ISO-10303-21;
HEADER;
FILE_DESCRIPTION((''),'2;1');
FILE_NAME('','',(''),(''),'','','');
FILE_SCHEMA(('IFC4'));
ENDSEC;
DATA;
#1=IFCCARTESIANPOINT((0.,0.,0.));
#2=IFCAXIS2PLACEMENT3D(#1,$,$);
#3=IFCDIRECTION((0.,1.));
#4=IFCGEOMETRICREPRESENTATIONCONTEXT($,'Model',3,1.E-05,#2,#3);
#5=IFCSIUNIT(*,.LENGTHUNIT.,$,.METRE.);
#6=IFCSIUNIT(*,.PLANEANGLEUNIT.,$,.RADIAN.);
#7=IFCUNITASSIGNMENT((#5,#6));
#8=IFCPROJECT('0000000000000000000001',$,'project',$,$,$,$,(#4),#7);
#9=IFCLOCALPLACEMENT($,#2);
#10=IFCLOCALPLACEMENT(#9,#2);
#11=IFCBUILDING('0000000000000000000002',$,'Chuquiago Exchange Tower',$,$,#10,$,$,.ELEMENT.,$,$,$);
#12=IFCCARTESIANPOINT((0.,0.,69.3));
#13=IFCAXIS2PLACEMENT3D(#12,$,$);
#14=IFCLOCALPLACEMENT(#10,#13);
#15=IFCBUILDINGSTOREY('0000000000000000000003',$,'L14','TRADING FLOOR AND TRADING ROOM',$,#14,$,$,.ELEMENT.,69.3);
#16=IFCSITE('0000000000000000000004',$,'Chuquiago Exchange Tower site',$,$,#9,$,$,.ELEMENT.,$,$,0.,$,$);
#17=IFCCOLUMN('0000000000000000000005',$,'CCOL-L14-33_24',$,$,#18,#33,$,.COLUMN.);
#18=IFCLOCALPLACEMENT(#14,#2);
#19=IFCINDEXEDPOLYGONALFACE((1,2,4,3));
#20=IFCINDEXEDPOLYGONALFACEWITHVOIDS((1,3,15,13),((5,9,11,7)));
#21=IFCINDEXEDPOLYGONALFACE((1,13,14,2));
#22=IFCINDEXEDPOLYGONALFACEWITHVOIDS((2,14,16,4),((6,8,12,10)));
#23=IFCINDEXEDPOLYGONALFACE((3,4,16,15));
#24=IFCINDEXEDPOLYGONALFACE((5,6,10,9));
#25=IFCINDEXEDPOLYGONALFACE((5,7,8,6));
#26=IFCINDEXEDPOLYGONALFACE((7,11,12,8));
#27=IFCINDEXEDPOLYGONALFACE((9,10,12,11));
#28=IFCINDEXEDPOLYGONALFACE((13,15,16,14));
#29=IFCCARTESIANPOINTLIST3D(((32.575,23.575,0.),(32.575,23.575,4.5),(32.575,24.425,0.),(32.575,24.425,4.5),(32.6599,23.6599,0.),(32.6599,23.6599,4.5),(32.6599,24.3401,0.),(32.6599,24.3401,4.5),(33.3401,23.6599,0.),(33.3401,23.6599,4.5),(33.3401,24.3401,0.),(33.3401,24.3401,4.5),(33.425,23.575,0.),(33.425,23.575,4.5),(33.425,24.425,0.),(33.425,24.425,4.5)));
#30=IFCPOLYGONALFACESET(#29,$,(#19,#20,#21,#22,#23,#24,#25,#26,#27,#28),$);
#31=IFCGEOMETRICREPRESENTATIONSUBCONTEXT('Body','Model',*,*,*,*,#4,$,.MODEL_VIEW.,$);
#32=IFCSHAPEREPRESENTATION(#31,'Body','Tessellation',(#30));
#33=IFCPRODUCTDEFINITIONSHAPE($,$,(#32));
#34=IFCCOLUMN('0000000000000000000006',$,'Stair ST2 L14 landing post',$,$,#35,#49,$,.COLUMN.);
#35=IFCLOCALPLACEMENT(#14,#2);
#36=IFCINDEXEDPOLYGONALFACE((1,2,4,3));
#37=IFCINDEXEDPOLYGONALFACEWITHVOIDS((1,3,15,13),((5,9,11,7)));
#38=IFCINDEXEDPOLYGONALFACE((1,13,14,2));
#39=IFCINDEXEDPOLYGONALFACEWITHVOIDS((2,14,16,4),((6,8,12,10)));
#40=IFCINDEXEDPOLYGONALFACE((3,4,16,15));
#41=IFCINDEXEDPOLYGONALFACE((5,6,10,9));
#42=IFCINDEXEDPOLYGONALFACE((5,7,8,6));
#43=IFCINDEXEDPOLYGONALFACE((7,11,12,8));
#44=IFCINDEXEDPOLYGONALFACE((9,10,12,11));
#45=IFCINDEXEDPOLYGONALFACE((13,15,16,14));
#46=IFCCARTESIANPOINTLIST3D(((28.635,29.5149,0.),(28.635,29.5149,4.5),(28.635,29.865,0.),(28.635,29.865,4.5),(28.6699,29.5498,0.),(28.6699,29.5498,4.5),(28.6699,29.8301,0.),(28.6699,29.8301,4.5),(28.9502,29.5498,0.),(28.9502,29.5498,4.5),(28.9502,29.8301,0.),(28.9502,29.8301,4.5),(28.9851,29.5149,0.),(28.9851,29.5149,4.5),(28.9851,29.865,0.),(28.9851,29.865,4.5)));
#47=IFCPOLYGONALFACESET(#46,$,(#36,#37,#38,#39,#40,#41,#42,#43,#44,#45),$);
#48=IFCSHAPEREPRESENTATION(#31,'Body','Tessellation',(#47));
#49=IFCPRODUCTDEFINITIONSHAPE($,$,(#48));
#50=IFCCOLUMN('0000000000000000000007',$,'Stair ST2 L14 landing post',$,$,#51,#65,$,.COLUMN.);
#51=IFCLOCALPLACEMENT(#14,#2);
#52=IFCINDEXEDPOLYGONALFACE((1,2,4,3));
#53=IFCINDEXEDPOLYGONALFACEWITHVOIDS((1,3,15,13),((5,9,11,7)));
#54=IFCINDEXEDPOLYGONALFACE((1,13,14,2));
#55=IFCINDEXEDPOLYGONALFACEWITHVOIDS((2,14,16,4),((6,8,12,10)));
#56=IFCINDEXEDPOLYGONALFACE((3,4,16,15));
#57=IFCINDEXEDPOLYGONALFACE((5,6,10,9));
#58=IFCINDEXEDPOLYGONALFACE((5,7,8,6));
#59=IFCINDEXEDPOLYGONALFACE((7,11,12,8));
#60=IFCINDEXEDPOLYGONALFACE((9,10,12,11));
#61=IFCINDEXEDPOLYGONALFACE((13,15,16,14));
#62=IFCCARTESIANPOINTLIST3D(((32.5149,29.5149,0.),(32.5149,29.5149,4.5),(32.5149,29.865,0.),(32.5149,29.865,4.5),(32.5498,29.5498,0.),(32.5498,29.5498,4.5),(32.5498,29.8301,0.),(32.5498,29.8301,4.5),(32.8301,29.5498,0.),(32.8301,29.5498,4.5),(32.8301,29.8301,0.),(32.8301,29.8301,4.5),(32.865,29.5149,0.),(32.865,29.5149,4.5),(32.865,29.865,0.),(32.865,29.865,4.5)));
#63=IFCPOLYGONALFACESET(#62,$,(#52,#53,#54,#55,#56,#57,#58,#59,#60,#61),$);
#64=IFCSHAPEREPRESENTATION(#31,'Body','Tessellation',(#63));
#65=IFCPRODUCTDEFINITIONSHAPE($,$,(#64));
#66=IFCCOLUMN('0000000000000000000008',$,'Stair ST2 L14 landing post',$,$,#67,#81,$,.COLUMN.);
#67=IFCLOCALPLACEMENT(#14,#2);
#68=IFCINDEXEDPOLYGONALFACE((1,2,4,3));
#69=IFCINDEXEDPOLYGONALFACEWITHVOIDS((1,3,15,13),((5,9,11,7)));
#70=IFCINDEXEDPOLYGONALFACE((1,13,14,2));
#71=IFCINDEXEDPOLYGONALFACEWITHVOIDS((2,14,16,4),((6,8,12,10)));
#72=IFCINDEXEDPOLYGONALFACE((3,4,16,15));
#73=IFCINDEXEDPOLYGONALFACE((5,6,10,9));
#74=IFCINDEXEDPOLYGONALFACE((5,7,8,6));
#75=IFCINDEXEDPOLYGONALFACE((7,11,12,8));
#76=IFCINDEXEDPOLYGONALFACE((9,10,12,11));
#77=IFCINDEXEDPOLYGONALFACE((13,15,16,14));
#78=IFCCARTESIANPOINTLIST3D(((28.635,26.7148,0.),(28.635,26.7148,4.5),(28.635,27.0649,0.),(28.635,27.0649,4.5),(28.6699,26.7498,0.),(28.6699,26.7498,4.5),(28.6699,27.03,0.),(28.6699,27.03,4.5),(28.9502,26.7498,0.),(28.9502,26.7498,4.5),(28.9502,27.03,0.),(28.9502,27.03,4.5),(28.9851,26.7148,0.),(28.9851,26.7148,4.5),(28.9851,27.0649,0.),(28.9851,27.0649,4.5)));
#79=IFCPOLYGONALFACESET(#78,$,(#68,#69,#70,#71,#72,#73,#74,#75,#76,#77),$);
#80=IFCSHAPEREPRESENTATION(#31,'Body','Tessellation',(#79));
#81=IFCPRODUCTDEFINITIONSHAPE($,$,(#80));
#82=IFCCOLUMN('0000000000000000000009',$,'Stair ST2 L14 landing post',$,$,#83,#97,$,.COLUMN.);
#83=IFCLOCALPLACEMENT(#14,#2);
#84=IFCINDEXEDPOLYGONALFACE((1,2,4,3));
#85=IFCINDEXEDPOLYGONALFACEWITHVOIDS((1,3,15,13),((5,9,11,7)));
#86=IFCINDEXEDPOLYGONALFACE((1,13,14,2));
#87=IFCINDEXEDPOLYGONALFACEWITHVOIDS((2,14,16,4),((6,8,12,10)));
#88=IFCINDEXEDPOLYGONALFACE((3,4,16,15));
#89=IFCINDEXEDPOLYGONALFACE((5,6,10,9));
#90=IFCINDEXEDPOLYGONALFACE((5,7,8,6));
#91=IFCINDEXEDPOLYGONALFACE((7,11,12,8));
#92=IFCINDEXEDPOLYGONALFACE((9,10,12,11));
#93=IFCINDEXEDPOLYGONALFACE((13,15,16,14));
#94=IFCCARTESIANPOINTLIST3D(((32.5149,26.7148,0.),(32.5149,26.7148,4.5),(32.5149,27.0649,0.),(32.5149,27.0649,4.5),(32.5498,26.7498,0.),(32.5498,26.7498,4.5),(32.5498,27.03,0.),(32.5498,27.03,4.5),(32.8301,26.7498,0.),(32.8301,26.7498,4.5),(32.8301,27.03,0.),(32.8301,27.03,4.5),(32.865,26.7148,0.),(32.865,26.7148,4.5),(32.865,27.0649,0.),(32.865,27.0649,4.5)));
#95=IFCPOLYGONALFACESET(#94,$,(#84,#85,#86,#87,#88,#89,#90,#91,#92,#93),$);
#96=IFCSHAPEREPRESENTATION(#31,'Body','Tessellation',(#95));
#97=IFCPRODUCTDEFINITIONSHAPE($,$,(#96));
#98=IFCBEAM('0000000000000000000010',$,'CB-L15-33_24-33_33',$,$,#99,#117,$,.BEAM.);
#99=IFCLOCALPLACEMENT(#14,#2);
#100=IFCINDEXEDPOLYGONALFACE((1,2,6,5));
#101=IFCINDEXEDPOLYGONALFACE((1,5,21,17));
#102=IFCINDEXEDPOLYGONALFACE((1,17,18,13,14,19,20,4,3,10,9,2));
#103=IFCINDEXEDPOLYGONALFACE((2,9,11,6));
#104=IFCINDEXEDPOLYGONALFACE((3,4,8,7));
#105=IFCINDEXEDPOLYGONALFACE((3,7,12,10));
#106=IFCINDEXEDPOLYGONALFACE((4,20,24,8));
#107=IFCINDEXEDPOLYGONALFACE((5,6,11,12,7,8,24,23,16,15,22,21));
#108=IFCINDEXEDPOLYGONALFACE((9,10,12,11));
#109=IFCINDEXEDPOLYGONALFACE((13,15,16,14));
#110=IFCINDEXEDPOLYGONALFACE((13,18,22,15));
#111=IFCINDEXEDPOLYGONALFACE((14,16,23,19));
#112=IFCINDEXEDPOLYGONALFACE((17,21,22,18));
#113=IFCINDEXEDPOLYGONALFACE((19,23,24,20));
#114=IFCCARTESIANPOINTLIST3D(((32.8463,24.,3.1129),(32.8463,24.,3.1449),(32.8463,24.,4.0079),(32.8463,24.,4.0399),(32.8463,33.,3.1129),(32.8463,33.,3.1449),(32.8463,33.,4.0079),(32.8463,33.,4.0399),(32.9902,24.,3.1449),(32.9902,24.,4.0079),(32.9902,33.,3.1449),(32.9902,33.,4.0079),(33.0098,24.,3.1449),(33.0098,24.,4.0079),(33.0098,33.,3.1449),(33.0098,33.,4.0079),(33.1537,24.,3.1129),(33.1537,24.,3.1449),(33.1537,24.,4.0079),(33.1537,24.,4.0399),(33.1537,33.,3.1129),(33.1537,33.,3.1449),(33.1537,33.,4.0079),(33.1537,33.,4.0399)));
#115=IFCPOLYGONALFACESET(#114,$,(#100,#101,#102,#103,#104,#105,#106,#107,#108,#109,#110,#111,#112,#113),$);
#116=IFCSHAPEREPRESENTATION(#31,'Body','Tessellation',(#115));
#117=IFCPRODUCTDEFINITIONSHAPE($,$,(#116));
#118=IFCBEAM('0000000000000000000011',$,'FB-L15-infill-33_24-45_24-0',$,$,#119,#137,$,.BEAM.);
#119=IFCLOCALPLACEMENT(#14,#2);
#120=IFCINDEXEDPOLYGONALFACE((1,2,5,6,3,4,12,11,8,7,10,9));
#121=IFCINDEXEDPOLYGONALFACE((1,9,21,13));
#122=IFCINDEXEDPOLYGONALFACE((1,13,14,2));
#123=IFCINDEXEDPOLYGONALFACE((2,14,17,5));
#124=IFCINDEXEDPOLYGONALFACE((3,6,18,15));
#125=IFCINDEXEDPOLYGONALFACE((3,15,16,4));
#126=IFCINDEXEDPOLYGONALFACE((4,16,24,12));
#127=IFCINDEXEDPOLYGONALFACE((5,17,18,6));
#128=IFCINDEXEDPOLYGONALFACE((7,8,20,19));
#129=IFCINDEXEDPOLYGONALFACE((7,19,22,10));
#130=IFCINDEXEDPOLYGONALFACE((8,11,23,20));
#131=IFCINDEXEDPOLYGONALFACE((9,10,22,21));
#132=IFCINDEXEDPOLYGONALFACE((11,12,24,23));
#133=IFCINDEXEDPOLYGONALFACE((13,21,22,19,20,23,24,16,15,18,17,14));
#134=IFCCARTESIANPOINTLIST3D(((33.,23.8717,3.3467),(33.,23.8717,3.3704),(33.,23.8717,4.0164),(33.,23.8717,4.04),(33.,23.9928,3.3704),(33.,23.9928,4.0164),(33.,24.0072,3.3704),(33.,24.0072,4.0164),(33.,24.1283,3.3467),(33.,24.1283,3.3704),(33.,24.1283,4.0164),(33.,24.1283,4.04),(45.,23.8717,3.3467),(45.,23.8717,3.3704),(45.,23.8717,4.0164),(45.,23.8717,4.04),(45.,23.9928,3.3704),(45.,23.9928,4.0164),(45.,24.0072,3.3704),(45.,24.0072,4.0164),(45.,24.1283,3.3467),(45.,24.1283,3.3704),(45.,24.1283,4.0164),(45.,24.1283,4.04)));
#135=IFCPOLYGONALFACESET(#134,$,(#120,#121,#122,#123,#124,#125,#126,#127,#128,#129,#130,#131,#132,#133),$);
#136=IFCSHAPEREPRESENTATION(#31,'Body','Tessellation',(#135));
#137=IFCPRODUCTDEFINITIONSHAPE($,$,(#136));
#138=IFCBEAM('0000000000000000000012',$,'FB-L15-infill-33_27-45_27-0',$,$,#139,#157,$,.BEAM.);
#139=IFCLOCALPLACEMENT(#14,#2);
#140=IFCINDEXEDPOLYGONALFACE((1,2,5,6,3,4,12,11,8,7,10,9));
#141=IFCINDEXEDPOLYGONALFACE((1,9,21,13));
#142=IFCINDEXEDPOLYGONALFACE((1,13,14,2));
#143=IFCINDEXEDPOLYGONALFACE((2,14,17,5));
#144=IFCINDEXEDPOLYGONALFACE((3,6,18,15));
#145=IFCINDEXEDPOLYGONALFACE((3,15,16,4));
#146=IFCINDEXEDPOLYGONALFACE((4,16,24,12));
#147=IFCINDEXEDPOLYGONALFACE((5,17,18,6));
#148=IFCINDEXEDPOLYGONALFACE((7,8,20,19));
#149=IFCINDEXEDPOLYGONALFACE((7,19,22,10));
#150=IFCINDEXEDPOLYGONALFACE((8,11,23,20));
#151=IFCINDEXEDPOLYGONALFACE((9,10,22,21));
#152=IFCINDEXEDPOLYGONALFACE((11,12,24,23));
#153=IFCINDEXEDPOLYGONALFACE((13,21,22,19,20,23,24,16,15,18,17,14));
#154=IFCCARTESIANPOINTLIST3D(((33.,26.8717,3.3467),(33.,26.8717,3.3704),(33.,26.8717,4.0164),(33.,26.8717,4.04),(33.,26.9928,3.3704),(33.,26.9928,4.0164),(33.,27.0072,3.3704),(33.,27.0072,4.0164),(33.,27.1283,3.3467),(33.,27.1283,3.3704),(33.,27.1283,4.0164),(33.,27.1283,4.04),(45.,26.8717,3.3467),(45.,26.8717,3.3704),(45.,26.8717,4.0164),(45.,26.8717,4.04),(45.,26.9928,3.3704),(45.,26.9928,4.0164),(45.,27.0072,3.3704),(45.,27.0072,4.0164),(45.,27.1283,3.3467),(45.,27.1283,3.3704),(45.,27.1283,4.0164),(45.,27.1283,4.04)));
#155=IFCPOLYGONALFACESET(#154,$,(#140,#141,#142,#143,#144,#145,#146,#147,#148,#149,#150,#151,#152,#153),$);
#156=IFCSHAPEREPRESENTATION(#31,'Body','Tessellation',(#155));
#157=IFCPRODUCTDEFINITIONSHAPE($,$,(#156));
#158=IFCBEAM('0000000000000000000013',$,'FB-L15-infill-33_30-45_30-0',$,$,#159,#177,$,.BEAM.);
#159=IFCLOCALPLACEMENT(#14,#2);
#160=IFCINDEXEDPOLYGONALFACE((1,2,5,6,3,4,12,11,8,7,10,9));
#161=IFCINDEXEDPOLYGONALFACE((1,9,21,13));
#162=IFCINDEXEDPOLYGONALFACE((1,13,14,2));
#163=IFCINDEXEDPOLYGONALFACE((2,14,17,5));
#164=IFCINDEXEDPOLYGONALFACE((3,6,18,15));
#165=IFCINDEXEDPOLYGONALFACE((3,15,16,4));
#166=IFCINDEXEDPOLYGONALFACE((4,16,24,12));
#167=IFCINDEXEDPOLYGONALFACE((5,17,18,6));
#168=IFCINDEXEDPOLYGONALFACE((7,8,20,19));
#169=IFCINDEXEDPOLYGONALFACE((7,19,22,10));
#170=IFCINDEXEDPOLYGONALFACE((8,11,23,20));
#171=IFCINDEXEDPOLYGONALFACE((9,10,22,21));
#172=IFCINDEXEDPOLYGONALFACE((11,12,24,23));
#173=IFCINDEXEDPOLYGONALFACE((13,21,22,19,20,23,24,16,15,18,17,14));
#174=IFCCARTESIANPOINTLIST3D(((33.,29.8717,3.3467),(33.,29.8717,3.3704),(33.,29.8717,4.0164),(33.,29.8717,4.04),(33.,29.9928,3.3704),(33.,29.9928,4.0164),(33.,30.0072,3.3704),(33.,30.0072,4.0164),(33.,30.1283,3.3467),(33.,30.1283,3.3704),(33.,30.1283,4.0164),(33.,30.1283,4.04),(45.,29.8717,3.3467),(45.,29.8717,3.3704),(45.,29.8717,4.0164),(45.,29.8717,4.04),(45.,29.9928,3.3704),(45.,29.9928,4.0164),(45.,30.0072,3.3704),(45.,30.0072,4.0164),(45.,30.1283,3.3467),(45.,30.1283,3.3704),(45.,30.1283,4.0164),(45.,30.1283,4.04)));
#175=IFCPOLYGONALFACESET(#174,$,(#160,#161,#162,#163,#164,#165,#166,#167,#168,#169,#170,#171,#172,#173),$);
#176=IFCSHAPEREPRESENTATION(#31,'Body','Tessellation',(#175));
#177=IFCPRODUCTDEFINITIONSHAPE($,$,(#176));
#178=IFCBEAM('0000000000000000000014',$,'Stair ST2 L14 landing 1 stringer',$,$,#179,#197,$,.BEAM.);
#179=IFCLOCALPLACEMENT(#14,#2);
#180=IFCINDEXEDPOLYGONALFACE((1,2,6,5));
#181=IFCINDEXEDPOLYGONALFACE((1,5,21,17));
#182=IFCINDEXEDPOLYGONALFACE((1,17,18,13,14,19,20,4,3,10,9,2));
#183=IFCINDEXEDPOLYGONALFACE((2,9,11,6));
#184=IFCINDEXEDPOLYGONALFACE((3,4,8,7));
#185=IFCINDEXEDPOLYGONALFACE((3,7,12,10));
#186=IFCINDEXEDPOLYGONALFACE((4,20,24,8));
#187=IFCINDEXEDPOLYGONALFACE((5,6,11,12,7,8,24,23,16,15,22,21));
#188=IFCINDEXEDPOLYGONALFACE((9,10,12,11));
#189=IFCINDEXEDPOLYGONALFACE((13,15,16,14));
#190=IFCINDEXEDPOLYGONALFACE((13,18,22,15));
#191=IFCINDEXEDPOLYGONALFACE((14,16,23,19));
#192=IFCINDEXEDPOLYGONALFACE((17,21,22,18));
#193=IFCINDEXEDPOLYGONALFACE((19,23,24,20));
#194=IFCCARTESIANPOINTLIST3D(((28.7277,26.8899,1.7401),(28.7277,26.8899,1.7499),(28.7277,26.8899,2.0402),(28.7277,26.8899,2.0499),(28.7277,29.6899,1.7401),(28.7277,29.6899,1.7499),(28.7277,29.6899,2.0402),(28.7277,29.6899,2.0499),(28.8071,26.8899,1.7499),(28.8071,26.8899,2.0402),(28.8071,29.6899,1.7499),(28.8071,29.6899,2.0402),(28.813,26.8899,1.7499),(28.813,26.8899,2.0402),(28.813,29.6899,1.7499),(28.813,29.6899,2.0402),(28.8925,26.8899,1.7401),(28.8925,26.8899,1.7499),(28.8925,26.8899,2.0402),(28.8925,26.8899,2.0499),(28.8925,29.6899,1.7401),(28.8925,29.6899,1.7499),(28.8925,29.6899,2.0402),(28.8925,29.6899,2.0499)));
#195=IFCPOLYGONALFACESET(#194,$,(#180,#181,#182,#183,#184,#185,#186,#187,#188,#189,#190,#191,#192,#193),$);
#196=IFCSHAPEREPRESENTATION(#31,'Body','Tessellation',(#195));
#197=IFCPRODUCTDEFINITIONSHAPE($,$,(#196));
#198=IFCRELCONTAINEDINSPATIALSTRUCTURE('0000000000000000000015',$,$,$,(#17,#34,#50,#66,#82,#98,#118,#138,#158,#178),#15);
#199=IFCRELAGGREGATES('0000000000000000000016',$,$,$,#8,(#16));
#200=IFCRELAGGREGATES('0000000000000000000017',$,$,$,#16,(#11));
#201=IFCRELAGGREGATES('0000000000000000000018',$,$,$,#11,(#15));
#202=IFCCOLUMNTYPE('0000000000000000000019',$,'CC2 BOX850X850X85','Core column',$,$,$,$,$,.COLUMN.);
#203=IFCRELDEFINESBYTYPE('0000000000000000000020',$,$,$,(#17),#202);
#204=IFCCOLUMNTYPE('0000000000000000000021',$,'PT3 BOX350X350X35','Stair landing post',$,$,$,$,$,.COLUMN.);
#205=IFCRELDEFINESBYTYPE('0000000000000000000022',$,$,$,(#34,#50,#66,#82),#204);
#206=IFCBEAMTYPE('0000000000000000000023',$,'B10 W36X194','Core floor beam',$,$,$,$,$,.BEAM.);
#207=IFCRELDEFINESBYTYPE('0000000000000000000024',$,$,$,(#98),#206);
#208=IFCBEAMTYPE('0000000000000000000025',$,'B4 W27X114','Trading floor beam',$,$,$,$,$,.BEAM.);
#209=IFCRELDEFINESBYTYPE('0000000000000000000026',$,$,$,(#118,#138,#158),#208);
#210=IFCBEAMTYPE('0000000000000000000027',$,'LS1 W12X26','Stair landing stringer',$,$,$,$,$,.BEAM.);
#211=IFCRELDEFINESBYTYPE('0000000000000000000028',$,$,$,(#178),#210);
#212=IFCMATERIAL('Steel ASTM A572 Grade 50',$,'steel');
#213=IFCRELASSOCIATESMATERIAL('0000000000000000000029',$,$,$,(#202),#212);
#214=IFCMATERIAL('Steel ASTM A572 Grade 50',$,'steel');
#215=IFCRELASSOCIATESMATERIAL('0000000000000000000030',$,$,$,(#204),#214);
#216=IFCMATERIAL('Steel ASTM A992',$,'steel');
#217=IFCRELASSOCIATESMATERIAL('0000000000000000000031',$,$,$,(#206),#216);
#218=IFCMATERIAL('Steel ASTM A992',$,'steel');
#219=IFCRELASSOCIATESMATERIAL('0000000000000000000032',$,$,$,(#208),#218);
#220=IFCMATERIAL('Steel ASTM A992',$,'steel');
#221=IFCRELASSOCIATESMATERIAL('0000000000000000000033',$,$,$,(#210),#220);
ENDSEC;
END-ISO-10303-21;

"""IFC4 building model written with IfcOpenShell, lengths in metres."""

from ifc_helpers import new_model, si_unit, direction, frame, origin, origin_2d, place, context, subcontext, project, spatial, hollow_rectangle, i_section, extrude, material, material_profile, profile_set, type_object, element, save


model = new_model("IFC4")

# Units and contexts
model_context = context("Model", 3, precision=1e-05, world=origin(), true_north=direction((0.0, 1.0)))
body_context = subcontext(model_context, "Body", "Model", "MODEL_VIEW")
ifc_project = project(units=[si_unit("LENGTHUNIT", "METRE"), si_unit("PLANEANGLEUNIT", "RADIAN")], contexts=[model_context])

# Site, building, storey
site_placement = place(None, origin())
site = spatial("IfcSite", under=ifc_project, at=site_placement, Name="Chuquiago Exchange Tower site", CompositionType="ELEMENT", RefElevation=0.0)
building_placement = place(site_placement, origin())
building = spatial("IfcBuilding", under=site, at=building_placement, Name="Chuquiago Exchange Tower", CompositionType="ELEMENT")
storey_placement = place(building_placement, frame((0.0, 0.0, 69.3)))
storey = spatial("IfcBuildingStorey", under=building, at=storey_placement, Name="L14", Description="TRADING FLOOR AND TRADING ROOM", CompositionType="ELEMENT", Elevation=69.3)

# Columns
ifc_material_1 = material(Name="Steel ASTM A572 Grade 50", Category="steel")
ifc_material_profile_1 = material_profile(ifc_material_1, hollow_rectangle(XDim=0.8501, YDim=0.8501, WallThickness=0.085, at=origin_2d()), Name="BOX850X850X85")
ifc_profile_set_1 = profile_set([ifc_material_profile_1], Name="Steel ASTM A572 Grade 50")
column_type_1 = type_object("IfcColumnType", Name="CC2 BOX850X850X85", Description="Core column", PredefinedType="COLUMN", material=ifc_profile_set_1)
column_placement = place(storey_placement, frame((33.0, 24.0, 0.0), z_axis=(0.0, 0.0, 1.0), x_axis=(1.0, 0.0, 0.0)))
element("IfcColumn", 1, at=column_placement, inside=storey, type_object=column_type_1, Name="CCOL-L14-33_24", PredefinedType="COLUMN", context=body_context, shape_type="SweptSolid", body=[
    extrude(hollow_rectangle(XDim=0.8501, YDim=0.8501, WallThickness=0.085, at=origin_2d()), origin(), (0.0, 0.0, 1.0), 4.5),
])
ifc_material_2 = material(Name="Steel ASTM A572 Grade 50", Category="steel")
ifc_material_profile_2 = material_profile(ifc_material_2, hollow_rectangle(XDim=0.3501, YDim=0.3501, WallThickness=0.0349, at=origin_2d()), Name="BOX350X350X35")
ifc_profile_set_2 = profile_set([ifc_material_profile_2], Name="Steel ASTM A572 Grade 50")
column_type_2 = type_object("IfcColumnType", Name="PT3 BOX350X350X35", Description="Stair landing post", PredefinedType="COLUMN", material=ifc_profile_set_2)
for number, where, z_axis, x_axis, name in (
    (2, (28.8101, 29.6899, 0.0), (0.0, 0.0, 1.0), (1.0, 0.0, 0.0), "Stair ST2 L14 landing post"),
    (3, (32.6899, 29.6899, 0.0), (0.0, 0.0, 1.0), (1.0, 0.0, 0.0), "Stair ST2 L14 landing post"),
    (4, (28.8101, 26.8899, 0.0), (0.0, 0.0, 1.0), (1.0, 0.0, 0.0), "Stair ST2 L14 landing post"),
    (5, (32.6899, 26.8899, 0.0), (0.0, 0.0, 1.0), (1.0, 0.0, 0.0), "Stair ST2 L14 landing post"),
):
    element("IfcColumn", number, at=place(storey_placement, frame(where, z_axis=z_axis, x_axis=x_axis)), inside=storey, type_object=column_type_2, Name=name, PredefinedType="COLUMN", context=body_context, shape_type="SweptSolid", body=[
        extrude(hollow_rectangle(XDim=0.3501, YDim=0.3501, WallThickness=0.0349, at=origin_2d()), origin(), (0.0, 0.0, 1.0), 4.5),
    ])

# Beams
ifc_material_3 = material(Name="Steel ASTM A992", Category="steel")
ifc_material_profile_3 = material_profile(ifc_material_3, i_section(OverallWidth=0.3074, OverallDepth=0.927, WebThickness=0.0195, FlangeThickness=0.032, at=origin_2d()), Name="W36X194")
ifc_profile_set_3 = profile_set([ifc_material_profile_3], Name="Steel ASTM A992")
beam_type_1 = type_object("IfcBeamType", Name="B10 W36X194", Description="Core floor beam", PredefinedType="BEAM", material=ifc_profile_set_3)
beam_placement = place(storey_placement, frame((33.0, 24.0, 3.5764), z_axis=(0.0, 1.0, 0.0), x_axis=(-1.0, 0.0, 0.0)))
element("IfcBeam", 6, at=beam_placement, inside=storey, type_object=beam_type_1, Name="CB-L15-33_24-33_33", PredefinedType="BEAM", context=body_context, shape_type="SweptSolid", body=[
    extrude(i_section(OverallWidth=0.3074, OverallDepth=0.927, WebThickness=0.0195, FlangeThickness=0.032, at=origin_2d()), origin(), (0.0, 0.0, 1.0), 9.0),
])
ifc_material_4 = material(Name="Steel ASTM A992", Category="steel")
ifc_material_profile_4 = material_profile(ifc_material_4, i_section(OverallWidth=0.2566, OverallDepth=0.6934, WebThickness=0.0144, FlangeThickness=0.0237, at=origin_2d()), Name="W27X114")
ifc_profile_set_4 = profile_set([ifc_material_profile_4], Name="Steel ASTM A992")
beam_type_2 = type_object("IfcBeamType", Name="B4 W27X114", Description="Trading floor beam", PredefinedType="BEAM", material=ifc_profile_set_4)
for number, where, z_axis, x_axis, name in (
    (7, (33.0, 24.0, 3.6934), (1.0, 0.0, 0.0), (0.0, 1.0, 0.0), "FB-L15-infill-33_24-45_24-0"),
    (8, (33.0, 27.0, 3.6934), (1.0, 0.0, 0.0), (0.0, 1.0, 0.0), "FB-L15-infill-33_27-45_27-0"),
    (9, (33.0, 30.0, 3.6934), (1.0, 0.0, 0.0), (0.0, 1.0, 0.0), "FB-L15-infill-33_30-45_30-0"),
):
    element("IfcBeam", number, at=place(storey_placement, frame(where, z_axis=z_axis, x_axis=x_axis)), inside=storey, type_object=beam_type_2, Name=name, PredefinedType="BEAM", context=body_context, shape_type="SweptSolid", body=[
        extrude(i_section(OverallWidth=0.2566, OverallDepth=0.6934, WebThickness=0.0144, FlangeThickness=0.0237, at=origin_2d()), origin(), (0.0, 0.0, 1.0), 12.0),
    ])
ifc_material_5 = material(Name="Steel ASTM A992", Category="steel")
ifc_material_profile_5 = material_profile(ifc_material_5, i_section(OverallWidth=0.1648, OverallDepth=0.3098, WebThickness=0.0059, FlangeThickness=0.0098, at=origin_2d()), Name="W12X26")
ifc_profile_set_5 = profile_set([ifc_material_profile_5], Name="Steel ASTM A992")
beam_type_3 = type_object("IfcBeamType", Name="LS1 W12X26", Description="Stair landing stringer", PredefinedType="BEAM", material=ifc_profile_set_5)
for number, where, z_axis, x_axis, name in (
    (10, (28.8101, 26.8899, 1.895), (0.0, 1.0, 0.0), (-1.0, 0.0, 0.0), "Stair ST2 L14 landing 1 stringer"),
):
    element("IfcBeam", number, at=place(storey_placement, frame(where, z_axis=z_axis, x_axis=x_axis)), inside=storey, type_object=beam_type_3, Name=name, PredefinedType="BEAM", context=body_context, shape_type="SweptSolid", body=[
        extrude(i_section(OverallWidth=0.1648, OverallDepth=0.3098, WebThickness=0.0059, FlangeThickness=0.0098, at=origin_2d()), origin(), (0.0, 0.0, 1.0), 2.8),
    ])

save(model, "model.ifc")
